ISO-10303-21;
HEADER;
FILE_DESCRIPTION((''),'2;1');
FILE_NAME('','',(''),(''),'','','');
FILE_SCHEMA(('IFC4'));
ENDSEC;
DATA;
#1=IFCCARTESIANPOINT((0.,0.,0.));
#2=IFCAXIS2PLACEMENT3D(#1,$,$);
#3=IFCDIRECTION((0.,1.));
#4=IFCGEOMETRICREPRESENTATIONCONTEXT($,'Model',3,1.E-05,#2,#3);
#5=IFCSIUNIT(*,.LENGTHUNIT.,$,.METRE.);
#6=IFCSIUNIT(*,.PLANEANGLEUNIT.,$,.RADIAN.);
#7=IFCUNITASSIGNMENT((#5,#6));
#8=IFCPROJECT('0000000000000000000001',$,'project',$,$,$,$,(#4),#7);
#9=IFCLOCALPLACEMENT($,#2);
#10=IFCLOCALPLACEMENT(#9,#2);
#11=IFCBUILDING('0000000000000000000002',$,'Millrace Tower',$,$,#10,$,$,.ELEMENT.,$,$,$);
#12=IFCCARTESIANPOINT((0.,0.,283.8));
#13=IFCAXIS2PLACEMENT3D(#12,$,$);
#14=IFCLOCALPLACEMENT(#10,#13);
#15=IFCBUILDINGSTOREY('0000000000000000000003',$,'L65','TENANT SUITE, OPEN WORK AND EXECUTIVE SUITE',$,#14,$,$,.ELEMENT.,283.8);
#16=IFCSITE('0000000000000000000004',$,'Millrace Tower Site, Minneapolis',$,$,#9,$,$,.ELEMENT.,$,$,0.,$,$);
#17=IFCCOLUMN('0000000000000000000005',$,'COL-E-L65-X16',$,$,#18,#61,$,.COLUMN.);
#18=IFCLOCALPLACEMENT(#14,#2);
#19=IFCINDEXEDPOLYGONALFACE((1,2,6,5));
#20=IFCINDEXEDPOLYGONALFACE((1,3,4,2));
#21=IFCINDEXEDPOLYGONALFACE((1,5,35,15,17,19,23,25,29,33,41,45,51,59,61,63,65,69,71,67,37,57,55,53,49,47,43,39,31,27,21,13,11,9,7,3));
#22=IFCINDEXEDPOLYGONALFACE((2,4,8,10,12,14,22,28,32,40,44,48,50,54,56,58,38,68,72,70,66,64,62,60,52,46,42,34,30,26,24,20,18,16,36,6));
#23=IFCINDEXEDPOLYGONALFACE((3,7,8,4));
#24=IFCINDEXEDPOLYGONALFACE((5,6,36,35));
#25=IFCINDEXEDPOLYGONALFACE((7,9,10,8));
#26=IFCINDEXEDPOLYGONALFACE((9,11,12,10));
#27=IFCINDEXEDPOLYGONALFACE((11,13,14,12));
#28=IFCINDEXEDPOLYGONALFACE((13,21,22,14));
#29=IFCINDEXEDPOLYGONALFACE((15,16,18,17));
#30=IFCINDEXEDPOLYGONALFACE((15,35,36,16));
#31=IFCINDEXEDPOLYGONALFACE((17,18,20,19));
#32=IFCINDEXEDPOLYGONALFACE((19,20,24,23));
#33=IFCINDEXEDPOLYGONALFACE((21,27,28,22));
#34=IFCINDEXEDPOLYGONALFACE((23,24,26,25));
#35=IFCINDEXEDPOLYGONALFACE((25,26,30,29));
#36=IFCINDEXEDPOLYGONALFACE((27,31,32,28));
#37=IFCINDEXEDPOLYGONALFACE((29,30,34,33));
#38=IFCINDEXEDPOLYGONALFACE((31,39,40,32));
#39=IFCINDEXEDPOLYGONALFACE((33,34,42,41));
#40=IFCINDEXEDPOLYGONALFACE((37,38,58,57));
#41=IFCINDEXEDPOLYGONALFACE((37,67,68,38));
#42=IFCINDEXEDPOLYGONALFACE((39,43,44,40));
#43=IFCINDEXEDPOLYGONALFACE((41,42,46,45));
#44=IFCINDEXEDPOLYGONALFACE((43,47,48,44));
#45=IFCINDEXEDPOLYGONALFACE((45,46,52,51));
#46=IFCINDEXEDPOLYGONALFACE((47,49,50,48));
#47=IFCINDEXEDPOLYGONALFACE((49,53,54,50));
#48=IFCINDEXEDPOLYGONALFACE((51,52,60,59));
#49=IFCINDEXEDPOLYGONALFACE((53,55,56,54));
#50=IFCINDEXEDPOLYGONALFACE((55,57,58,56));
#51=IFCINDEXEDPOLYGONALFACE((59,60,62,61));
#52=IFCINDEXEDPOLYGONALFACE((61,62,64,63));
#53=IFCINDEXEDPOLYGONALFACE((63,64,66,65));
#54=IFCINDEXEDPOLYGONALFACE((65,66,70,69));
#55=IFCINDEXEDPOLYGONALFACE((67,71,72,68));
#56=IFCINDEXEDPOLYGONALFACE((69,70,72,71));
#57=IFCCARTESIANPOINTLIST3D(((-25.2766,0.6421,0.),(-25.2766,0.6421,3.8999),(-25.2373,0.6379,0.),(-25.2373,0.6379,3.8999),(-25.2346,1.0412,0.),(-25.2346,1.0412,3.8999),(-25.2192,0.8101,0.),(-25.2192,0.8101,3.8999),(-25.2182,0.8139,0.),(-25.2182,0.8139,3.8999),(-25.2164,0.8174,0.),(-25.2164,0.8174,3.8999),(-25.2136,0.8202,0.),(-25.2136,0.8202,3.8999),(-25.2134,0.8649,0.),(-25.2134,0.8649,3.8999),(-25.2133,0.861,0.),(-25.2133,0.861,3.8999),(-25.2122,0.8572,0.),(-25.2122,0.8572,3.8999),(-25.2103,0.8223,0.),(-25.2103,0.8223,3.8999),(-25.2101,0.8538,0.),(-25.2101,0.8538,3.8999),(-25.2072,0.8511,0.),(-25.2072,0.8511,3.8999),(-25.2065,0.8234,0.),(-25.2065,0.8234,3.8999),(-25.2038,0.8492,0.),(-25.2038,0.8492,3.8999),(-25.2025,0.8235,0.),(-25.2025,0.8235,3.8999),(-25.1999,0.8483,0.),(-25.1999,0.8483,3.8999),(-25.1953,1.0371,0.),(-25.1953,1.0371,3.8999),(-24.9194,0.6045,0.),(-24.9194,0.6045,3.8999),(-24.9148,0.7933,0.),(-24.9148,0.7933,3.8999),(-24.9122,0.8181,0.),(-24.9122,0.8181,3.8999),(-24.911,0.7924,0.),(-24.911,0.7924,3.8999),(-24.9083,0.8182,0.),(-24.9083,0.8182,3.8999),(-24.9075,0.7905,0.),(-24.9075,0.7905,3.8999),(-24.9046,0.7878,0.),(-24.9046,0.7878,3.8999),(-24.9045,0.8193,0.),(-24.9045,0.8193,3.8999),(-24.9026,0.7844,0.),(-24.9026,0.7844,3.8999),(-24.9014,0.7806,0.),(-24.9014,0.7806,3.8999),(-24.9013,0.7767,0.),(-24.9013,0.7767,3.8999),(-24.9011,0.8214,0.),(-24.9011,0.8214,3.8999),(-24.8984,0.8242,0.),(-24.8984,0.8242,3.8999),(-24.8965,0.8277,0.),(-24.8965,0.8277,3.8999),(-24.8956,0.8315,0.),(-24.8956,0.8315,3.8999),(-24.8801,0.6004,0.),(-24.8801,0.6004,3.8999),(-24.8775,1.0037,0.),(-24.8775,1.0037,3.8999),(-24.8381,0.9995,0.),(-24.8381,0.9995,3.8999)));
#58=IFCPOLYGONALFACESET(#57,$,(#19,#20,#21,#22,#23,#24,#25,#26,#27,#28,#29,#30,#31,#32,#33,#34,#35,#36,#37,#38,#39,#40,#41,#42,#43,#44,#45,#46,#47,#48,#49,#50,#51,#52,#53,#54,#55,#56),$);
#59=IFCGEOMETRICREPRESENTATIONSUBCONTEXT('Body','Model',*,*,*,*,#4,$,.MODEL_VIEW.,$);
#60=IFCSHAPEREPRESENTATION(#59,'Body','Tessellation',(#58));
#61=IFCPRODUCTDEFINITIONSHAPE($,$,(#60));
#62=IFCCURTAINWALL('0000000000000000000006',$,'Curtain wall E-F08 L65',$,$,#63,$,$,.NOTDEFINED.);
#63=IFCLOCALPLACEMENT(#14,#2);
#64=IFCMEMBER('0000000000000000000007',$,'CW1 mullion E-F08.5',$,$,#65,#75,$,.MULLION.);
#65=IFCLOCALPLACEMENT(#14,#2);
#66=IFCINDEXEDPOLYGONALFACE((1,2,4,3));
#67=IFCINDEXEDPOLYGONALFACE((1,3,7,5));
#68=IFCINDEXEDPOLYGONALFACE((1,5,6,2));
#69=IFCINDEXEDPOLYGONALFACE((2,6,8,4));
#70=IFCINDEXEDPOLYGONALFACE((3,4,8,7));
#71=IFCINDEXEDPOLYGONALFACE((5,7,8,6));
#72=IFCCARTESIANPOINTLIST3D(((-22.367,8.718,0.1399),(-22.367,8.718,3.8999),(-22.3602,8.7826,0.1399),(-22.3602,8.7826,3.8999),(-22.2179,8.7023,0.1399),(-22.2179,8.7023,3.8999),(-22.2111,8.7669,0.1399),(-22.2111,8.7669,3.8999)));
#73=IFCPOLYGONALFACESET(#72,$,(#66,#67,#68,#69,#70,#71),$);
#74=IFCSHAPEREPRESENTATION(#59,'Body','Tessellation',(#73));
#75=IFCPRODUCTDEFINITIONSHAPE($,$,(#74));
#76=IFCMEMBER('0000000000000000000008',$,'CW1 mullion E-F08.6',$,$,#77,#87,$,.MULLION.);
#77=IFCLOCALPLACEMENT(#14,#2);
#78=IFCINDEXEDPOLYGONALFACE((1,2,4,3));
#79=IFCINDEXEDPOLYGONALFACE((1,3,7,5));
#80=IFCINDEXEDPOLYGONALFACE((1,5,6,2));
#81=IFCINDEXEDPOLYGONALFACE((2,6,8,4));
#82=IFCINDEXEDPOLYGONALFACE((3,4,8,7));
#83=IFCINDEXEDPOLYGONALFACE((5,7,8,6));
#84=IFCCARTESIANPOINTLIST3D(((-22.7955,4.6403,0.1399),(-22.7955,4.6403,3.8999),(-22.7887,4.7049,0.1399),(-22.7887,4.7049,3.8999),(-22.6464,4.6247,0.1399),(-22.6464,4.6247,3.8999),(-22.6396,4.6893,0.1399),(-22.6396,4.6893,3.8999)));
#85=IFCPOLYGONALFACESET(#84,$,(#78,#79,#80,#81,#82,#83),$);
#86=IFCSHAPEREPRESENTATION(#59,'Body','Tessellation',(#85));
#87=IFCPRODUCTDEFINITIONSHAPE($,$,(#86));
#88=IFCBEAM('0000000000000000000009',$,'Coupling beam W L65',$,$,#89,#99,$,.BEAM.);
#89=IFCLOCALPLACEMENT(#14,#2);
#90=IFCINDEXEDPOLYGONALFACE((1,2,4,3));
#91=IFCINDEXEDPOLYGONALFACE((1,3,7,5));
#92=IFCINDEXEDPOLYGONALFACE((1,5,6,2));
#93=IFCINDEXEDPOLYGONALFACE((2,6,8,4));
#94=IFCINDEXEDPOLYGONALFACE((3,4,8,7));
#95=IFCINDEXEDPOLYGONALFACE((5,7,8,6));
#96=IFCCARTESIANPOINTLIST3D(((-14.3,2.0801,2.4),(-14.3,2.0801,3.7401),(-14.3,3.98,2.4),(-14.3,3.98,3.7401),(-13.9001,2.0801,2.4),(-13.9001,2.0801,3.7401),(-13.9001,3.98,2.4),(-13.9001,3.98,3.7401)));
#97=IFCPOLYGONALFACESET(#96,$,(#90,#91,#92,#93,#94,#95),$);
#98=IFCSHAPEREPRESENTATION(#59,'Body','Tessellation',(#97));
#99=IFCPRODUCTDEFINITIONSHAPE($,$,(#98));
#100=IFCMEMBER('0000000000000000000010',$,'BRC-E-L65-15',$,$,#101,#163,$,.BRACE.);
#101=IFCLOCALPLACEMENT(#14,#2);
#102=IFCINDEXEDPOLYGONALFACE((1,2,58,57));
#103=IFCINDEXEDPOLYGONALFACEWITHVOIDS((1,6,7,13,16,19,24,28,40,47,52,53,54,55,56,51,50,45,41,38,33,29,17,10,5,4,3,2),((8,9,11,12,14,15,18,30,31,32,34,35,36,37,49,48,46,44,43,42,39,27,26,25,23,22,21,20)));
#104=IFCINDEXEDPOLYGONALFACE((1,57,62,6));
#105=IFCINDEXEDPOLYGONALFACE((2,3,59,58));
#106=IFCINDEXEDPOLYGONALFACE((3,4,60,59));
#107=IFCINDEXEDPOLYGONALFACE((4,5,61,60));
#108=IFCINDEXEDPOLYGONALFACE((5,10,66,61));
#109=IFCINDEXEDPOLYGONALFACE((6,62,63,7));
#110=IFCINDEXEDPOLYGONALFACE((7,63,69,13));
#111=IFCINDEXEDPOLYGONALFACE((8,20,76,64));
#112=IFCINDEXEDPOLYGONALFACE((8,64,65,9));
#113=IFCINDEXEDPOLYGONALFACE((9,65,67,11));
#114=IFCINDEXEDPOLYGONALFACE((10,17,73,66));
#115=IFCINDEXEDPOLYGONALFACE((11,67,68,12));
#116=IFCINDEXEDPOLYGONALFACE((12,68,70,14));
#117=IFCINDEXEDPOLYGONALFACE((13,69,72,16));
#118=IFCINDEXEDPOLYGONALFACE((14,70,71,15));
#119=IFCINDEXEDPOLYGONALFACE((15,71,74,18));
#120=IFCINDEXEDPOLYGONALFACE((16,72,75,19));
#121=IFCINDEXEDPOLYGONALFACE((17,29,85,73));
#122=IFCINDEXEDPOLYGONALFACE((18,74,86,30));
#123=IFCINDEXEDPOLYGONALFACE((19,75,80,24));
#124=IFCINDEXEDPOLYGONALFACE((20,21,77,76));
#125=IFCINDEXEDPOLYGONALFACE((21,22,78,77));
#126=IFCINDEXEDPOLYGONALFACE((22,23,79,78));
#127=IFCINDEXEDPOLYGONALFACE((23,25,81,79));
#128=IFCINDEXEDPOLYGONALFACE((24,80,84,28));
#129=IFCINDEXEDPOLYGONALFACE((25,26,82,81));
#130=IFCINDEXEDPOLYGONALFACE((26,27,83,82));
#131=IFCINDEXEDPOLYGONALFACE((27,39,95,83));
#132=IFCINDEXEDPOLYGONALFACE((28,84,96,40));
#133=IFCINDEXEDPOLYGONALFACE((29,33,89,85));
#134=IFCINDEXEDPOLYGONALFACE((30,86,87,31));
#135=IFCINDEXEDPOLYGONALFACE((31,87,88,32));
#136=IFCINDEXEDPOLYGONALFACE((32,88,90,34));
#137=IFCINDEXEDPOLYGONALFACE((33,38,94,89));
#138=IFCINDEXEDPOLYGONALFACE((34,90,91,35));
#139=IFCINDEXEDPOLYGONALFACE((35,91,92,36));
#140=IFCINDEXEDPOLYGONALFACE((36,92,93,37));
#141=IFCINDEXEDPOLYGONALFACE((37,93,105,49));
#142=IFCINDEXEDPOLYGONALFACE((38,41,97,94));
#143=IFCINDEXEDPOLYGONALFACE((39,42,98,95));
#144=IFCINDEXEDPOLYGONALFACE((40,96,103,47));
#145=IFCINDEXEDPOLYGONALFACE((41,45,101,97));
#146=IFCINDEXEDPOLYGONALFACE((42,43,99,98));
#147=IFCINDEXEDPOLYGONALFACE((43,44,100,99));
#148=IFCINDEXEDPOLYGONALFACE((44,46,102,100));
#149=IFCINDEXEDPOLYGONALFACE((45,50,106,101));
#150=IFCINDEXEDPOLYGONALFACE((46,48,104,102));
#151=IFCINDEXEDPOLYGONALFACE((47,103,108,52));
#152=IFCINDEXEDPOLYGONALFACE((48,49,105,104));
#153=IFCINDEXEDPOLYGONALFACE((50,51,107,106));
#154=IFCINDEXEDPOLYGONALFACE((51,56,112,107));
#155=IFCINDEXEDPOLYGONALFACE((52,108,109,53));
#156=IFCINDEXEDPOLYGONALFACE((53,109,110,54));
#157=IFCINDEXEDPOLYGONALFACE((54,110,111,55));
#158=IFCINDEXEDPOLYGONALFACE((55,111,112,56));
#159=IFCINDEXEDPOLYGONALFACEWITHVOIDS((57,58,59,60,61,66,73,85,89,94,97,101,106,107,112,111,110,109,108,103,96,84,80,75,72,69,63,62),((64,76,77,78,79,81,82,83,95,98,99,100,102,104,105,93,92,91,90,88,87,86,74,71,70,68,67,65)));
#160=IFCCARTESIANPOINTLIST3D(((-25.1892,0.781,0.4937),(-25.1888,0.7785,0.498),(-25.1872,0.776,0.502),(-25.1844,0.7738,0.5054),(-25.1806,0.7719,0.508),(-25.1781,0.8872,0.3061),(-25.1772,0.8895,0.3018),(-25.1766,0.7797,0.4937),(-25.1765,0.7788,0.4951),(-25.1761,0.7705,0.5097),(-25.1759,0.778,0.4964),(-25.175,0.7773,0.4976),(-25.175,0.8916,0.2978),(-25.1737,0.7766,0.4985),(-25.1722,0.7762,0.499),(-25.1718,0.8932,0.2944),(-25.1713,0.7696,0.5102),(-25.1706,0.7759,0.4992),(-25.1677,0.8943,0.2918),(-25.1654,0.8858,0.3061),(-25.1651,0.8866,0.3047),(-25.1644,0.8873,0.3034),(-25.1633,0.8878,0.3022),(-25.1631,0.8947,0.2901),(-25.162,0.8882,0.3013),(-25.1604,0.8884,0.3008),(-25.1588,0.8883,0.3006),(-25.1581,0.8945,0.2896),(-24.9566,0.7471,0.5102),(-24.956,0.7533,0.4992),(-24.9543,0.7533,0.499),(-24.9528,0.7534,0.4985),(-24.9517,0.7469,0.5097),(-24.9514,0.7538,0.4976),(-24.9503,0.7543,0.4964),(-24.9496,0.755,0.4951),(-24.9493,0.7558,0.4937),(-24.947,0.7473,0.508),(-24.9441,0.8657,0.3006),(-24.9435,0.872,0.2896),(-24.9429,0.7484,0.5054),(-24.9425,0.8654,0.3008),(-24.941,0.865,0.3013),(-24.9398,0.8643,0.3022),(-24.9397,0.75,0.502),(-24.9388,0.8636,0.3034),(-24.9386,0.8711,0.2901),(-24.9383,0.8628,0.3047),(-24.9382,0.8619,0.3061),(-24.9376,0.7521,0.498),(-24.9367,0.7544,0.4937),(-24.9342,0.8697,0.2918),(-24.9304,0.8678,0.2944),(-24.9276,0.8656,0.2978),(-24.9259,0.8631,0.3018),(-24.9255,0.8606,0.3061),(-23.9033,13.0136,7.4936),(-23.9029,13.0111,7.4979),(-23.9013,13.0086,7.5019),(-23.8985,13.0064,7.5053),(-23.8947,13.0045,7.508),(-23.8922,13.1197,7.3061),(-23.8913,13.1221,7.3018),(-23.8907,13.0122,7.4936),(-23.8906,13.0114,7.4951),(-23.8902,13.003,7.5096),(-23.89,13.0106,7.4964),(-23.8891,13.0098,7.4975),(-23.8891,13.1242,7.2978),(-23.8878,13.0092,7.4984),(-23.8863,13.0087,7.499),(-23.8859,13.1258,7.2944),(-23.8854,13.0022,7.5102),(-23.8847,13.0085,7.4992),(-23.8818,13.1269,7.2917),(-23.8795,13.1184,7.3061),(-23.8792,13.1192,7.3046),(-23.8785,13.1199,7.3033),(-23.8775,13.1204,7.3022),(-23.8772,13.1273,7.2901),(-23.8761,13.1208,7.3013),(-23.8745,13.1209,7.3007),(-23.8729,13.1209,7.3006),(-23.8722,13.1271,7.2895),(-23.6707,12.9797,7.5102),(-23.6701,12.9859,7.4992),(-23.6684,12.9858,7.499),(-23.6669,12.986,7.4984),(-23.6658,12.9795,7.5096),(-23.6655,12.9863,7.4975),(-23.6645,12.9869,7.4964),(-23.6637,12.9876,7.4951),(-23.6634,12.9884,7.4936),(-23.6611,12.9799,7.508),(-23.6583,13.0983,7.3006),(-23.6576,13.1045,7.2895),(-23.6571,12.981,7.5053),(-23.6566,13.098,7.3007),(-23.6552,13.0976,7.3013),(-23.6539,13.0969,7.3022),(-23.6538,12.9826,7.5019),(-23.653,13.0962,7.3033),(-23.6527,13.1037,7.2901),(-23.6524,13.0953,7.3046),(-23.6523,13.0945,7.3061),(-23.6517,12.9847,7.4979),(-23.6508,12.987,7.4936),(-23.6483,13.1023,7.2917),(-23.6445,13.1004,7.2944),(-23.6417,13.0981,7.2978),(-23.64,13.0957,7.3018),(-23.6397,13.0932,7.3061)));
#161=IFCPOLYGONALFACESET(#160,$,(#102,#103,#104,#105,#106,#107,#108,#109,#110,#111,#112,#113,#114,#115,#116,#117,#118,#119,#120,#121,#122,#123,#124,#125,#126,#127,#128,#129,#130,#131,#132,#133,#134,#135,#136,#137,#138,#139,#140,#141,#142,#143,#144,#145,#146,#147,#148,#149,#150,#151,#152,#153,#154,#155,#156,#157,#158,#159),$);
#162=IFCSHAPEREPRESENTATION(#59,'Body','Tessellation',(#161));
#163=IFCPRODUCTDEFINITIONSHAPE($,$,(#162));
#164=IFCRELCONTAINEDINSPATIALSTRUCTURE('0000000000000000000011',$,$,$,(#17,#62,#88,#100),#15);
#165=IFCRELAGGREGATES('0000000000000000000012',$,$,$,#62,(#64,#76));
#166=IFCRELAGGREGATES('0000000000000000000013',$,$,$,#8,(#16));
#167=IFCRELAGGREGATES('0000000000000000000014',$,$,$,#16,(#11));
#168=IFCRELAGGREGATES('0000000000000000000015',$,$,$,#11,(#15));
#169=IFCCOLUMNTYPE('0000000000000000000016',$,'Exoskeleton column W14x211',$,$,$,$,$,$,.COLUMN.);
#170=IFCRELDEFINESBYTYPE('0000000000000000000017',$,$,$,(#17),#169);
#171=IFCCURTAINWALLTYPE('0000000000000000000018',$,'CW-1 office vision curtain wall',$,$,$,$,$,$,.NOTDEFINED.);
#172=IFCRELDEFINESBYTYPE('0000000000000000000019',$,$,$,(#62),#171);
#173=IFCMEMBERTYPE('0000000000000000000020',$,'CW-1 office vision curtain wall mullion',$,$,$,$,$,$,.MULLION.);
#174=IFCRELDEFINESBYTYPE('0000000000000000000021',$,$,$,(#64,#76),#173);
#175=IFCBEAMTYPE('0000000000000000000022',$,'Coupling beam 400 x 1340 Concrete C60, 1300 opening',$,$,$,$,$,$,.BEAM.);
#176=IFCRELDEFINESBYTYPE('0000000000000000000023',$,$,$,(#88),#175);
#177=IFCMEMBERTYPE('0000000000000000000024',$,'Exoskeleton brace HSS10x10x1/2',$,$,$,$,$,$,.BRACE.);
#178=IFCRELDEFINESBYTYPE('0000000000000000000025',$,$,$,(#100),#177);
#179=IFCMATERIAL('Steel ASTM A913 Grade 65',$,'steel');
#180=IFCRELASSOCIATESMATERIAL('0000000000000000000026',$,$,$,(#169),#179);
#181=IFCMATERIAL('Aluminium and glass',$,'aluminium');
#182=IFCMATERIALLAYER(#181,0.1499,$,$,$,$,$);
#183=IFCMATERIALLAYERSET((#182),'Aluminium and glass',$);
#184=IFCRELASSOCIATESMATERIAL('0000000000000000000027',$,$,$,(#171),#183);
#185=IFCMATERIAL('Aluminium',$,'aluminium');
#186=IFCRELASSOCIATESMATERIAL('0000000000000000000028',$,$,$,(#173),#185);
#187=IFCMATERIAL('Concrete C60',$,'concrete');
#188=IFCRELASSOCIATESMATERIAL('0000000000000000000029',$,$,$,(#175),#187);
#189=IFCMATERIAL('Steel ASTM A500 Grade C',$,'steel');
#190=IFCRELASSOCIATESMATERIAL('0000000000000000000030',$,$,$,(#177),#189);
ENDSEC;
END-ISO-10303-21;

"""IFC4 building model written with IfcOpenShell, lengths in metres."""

from ifc_helpers import new_model, si_unit, direction, frame, origin, origin_2d, place, context, subcontext, project, spatial, rectangle, hollow_rectangle, i_section, extrude, material, layer, layer_set, material_profile, profile_set, type_object, element, aggregate, save


model = new_model("IFC4")

# Units and contexts
model_context = context("Model", 3, precision=1e-05, world=origin(), true_north=direction((0.0, 1.0)))
body_context = subcontext(model_context, "Body", "Model", "MODEL_VIEW")
ifc_project = project(units=[si_unit("LENGTHUNIT", "METRE"), si_unit("PLANEANGLEUNIT", "RADIAN")], contexts=[model_context])

# Site, building, storey
site_placement = place(None, origin())
site = spatial("IfcSite", under=ifc_project, at=site_placement, Name="Millrace Tower Site, Minneapolis", CompositionType="ELEMENT", RefElevation=0.0)
building_placement = place(site_placement, origin())
building = spatial("IfcBuilding", under=site, at=building_placement, Name="Millrace Tower", CompositionType="ELEMENT")
storey_placement = place(building_placement, frame((0.0, 0.0, 283.8)))
storey = spatial("IfcBuildingStorey", under=building, at=storey_placement, Name="L65", Description="TENANT SUITE, OPEN WORK AND EXECUTIVE SUITE", CompositionType="ELEMENT", Elevation=283.8)

# Column
ifc_material_1 = material(Name="Steel ASTM A913 Grade 65", Category="steel")
ifc_material_profile_1 = material_profile(ifc_material_1, i_section(OverallWidth=0.4014, OverallDepth=0.3987, WebThickness=0.0249, FlangeThickness=0.0396, FilletRadius=0.0151, at=origin_2d()))
ifc_profile_set_1 = profile_set([ifc_material_profile_1], Name="Steel ASTM A913 Grade 65")
column_type = type_object("IfcColumnType", Name="Exoskeleton column W14x211", PredefinedType="COLUMN", material=ifc_profile_set_1)
column_placement = place(storey_placement, frame((-25.0574, 0.8208, 0.0), z_axis=(0.0, 0.0, 1.0), x_axis=(-0.104528, -0.994522, 0.0)))
element("IfcColumn", 1, at=column_placement, inside=storey, type_object=column_type, Name="COL-E-L65-X16", PredefinedType="COLUMN", context=body_context, shape_type="SweptSolid", body=[
    extrude(i_section(OverallWidth=0.4014, OverallDepth=0.3987, WebThickness=0.0249, FlangeThickness=0.0396, FilletRadius=0.0151, at=origin_2d()), origin(), (0.0, 0.0, 1.0), 3.8999),
])

# Curtain wall, members
ifc_material_2 = material(Name="Aluminium and glass", Category="aluminium")
ifc_layer_1 = layer(ifc_material_2, 0.1499)
ifc_layer_set_1 = layer_set([ifc_layer_1], Name="Aluminium and glass")
curtain_wall_type = type_object("IfcCurtainWallType", Name="CW-1 office vision curtain wall", PredefinedType="NOTDEFINED", material=ifc_layer_set_1)
placement = place(storey_placement, origin())
curtain_wall = element("IfcCurtainWall", 2, at=placement, inside=storey, type_object=curtain_wall_type, Name="Curtain wall E-F08 L65", PredefinedType="NOTDEFINED")
ifc_material_3 = material(Name="Aluminium", Category="aluminium")
ifc_material_profile_2 = material_profile(ifc_material_3, rectangle(XDim=0.0649, YDim=0.1499, at=origin_2d()))
ifc_profile_set_2 = profile_set([ifc_material_profile_2], Name="Aluminium")
member_type_1 = type_object("IfcMemberType", Name="CW-1 office vision curtain wall mullion", PredefinedType="MULLION", material=ifc_profile_set_2)
member_1_placement = place(storey_placement, frame((-22.2891, 8.7424, 0.1399), z_axis=(0.0, 0.0, 1.0), x_axis=(-0.104528, -0.994522, 0.0)))
member_1 = element("IfcMember", 3, at=member_1_placement, type_object=member_type_1, Name="CW1 mullion E-F08.5", PredefinedType="MULLION", context=body_context, shape_type="SweptSolid", body=[
    extrude(rectangle(XDim=0.0649, YDim=0.1499, at=origin_2d()), origin(), (0.0, 0.0, 1.0), 3.76),
])
member_2_placement = place(storey_placement, frame((-22.7175, 4.6648, 0.1399), z_axis=(0.0, 0.0, 1.0), x_axis=(-0.104528, -0.994522, 0.0)))
member_2 = element("IfcMember", 4, at=member_2_placement, type_object=member_type_1, Name="CW1 mullion E-F08.6", PredefinedType="MULLION", context=body_context, shape_type="SweptSolid", body=[
    extrude(rectangle(XDim=0.0649, YDim=0.1499, at=origin_2d()), origin(), (0.0, 0.0, 1.0), 3.76),
])
aggregate(curtain_wall, [member_1, member_2])

# Beam
ifc_material_4 = material(Name="Concrete C60", Category="concrete")
ifc_material_profile_3 = material_profile(ifc_material_4, rectangle(XDim=0.3999, YDim=1.3401, at=origin_2d()))
ifc_profile_set_3 = profile_set([ifc_material_profile_3], Name="Concrete C60")
beam_type_1 = type_object("IfcBeamType", Name="Coupling beam 400 x 1340 Concrete C60, 1300 opening", PredefinedType="BEAM", material=ifc_profile_set_3)
beam_1_placement = place(storey_placement, frame((-14.1001, 2.0801, 3.0701), z_axis=(0.0, 1.0, 0.0), x_axis=(-1.0, 0.0, 0.0)))
element("IfcBeam", 5, at=beam_1_placement, inside=storey, type_object=beam_type_1, Name="Coupling beam W L65", PredefinedType="BEAM", context=body_context, shape_type="SweptSolid", body=[
    extrude(rectangle(XDim=0.3999, YDim=1.3401, at=origin_2d()), origin(), (0.0, 0.0, 1.0), 1.8999),
])

# Member
ifc_material_5 = material(Name="Steel ASTM A500 Grade C", Category="steel")
ifc_material_profile_4 = material_profile(ifc_material_5, hollow_rectangle(XDim=0.2539, YDim=0.2539, WallThickness=0.0127, InnerFilletRadius=0.0063, OuterFilletRadius=0.019, at=origin_2d()))
ifc_profile_set_4 = profile_set([ifc_material_profile_4], Name="Steel ASTM A500 Grade C")
member_type_2 = type_object("IfcMemberType", Name="Exoskeleton brace HSS10x10x1/2", PredefinedType="BRACE", material=ifc_profile_set_4)
member_3_placement = place(storey_placement, frame((-25.0574, 0.8208, 0.3999), z_axis=(0.09086, 0.86435, 0.494614), x_axis=(-0.99452, 0.104543, 0.0)))
element("IfcMember", 6, at=member_3_placement, inside=storey, type_object=member_type_2, Name="BRC-E-L65-15", PredefinedType="BRACE", context=body_context, shape_type="SweptSolid", body=[
    extrude(hollow_rectangle(XDim=0.2539, YDim=0.2539, WallThickness=0.0127, InnerFilletRadius=0.0063, OuterFilletRadius=0.019, at=origin_2d()), origin(), (0.0, 0.0, 1.0), 14.1523),
])

save(model, "model.ifc")
